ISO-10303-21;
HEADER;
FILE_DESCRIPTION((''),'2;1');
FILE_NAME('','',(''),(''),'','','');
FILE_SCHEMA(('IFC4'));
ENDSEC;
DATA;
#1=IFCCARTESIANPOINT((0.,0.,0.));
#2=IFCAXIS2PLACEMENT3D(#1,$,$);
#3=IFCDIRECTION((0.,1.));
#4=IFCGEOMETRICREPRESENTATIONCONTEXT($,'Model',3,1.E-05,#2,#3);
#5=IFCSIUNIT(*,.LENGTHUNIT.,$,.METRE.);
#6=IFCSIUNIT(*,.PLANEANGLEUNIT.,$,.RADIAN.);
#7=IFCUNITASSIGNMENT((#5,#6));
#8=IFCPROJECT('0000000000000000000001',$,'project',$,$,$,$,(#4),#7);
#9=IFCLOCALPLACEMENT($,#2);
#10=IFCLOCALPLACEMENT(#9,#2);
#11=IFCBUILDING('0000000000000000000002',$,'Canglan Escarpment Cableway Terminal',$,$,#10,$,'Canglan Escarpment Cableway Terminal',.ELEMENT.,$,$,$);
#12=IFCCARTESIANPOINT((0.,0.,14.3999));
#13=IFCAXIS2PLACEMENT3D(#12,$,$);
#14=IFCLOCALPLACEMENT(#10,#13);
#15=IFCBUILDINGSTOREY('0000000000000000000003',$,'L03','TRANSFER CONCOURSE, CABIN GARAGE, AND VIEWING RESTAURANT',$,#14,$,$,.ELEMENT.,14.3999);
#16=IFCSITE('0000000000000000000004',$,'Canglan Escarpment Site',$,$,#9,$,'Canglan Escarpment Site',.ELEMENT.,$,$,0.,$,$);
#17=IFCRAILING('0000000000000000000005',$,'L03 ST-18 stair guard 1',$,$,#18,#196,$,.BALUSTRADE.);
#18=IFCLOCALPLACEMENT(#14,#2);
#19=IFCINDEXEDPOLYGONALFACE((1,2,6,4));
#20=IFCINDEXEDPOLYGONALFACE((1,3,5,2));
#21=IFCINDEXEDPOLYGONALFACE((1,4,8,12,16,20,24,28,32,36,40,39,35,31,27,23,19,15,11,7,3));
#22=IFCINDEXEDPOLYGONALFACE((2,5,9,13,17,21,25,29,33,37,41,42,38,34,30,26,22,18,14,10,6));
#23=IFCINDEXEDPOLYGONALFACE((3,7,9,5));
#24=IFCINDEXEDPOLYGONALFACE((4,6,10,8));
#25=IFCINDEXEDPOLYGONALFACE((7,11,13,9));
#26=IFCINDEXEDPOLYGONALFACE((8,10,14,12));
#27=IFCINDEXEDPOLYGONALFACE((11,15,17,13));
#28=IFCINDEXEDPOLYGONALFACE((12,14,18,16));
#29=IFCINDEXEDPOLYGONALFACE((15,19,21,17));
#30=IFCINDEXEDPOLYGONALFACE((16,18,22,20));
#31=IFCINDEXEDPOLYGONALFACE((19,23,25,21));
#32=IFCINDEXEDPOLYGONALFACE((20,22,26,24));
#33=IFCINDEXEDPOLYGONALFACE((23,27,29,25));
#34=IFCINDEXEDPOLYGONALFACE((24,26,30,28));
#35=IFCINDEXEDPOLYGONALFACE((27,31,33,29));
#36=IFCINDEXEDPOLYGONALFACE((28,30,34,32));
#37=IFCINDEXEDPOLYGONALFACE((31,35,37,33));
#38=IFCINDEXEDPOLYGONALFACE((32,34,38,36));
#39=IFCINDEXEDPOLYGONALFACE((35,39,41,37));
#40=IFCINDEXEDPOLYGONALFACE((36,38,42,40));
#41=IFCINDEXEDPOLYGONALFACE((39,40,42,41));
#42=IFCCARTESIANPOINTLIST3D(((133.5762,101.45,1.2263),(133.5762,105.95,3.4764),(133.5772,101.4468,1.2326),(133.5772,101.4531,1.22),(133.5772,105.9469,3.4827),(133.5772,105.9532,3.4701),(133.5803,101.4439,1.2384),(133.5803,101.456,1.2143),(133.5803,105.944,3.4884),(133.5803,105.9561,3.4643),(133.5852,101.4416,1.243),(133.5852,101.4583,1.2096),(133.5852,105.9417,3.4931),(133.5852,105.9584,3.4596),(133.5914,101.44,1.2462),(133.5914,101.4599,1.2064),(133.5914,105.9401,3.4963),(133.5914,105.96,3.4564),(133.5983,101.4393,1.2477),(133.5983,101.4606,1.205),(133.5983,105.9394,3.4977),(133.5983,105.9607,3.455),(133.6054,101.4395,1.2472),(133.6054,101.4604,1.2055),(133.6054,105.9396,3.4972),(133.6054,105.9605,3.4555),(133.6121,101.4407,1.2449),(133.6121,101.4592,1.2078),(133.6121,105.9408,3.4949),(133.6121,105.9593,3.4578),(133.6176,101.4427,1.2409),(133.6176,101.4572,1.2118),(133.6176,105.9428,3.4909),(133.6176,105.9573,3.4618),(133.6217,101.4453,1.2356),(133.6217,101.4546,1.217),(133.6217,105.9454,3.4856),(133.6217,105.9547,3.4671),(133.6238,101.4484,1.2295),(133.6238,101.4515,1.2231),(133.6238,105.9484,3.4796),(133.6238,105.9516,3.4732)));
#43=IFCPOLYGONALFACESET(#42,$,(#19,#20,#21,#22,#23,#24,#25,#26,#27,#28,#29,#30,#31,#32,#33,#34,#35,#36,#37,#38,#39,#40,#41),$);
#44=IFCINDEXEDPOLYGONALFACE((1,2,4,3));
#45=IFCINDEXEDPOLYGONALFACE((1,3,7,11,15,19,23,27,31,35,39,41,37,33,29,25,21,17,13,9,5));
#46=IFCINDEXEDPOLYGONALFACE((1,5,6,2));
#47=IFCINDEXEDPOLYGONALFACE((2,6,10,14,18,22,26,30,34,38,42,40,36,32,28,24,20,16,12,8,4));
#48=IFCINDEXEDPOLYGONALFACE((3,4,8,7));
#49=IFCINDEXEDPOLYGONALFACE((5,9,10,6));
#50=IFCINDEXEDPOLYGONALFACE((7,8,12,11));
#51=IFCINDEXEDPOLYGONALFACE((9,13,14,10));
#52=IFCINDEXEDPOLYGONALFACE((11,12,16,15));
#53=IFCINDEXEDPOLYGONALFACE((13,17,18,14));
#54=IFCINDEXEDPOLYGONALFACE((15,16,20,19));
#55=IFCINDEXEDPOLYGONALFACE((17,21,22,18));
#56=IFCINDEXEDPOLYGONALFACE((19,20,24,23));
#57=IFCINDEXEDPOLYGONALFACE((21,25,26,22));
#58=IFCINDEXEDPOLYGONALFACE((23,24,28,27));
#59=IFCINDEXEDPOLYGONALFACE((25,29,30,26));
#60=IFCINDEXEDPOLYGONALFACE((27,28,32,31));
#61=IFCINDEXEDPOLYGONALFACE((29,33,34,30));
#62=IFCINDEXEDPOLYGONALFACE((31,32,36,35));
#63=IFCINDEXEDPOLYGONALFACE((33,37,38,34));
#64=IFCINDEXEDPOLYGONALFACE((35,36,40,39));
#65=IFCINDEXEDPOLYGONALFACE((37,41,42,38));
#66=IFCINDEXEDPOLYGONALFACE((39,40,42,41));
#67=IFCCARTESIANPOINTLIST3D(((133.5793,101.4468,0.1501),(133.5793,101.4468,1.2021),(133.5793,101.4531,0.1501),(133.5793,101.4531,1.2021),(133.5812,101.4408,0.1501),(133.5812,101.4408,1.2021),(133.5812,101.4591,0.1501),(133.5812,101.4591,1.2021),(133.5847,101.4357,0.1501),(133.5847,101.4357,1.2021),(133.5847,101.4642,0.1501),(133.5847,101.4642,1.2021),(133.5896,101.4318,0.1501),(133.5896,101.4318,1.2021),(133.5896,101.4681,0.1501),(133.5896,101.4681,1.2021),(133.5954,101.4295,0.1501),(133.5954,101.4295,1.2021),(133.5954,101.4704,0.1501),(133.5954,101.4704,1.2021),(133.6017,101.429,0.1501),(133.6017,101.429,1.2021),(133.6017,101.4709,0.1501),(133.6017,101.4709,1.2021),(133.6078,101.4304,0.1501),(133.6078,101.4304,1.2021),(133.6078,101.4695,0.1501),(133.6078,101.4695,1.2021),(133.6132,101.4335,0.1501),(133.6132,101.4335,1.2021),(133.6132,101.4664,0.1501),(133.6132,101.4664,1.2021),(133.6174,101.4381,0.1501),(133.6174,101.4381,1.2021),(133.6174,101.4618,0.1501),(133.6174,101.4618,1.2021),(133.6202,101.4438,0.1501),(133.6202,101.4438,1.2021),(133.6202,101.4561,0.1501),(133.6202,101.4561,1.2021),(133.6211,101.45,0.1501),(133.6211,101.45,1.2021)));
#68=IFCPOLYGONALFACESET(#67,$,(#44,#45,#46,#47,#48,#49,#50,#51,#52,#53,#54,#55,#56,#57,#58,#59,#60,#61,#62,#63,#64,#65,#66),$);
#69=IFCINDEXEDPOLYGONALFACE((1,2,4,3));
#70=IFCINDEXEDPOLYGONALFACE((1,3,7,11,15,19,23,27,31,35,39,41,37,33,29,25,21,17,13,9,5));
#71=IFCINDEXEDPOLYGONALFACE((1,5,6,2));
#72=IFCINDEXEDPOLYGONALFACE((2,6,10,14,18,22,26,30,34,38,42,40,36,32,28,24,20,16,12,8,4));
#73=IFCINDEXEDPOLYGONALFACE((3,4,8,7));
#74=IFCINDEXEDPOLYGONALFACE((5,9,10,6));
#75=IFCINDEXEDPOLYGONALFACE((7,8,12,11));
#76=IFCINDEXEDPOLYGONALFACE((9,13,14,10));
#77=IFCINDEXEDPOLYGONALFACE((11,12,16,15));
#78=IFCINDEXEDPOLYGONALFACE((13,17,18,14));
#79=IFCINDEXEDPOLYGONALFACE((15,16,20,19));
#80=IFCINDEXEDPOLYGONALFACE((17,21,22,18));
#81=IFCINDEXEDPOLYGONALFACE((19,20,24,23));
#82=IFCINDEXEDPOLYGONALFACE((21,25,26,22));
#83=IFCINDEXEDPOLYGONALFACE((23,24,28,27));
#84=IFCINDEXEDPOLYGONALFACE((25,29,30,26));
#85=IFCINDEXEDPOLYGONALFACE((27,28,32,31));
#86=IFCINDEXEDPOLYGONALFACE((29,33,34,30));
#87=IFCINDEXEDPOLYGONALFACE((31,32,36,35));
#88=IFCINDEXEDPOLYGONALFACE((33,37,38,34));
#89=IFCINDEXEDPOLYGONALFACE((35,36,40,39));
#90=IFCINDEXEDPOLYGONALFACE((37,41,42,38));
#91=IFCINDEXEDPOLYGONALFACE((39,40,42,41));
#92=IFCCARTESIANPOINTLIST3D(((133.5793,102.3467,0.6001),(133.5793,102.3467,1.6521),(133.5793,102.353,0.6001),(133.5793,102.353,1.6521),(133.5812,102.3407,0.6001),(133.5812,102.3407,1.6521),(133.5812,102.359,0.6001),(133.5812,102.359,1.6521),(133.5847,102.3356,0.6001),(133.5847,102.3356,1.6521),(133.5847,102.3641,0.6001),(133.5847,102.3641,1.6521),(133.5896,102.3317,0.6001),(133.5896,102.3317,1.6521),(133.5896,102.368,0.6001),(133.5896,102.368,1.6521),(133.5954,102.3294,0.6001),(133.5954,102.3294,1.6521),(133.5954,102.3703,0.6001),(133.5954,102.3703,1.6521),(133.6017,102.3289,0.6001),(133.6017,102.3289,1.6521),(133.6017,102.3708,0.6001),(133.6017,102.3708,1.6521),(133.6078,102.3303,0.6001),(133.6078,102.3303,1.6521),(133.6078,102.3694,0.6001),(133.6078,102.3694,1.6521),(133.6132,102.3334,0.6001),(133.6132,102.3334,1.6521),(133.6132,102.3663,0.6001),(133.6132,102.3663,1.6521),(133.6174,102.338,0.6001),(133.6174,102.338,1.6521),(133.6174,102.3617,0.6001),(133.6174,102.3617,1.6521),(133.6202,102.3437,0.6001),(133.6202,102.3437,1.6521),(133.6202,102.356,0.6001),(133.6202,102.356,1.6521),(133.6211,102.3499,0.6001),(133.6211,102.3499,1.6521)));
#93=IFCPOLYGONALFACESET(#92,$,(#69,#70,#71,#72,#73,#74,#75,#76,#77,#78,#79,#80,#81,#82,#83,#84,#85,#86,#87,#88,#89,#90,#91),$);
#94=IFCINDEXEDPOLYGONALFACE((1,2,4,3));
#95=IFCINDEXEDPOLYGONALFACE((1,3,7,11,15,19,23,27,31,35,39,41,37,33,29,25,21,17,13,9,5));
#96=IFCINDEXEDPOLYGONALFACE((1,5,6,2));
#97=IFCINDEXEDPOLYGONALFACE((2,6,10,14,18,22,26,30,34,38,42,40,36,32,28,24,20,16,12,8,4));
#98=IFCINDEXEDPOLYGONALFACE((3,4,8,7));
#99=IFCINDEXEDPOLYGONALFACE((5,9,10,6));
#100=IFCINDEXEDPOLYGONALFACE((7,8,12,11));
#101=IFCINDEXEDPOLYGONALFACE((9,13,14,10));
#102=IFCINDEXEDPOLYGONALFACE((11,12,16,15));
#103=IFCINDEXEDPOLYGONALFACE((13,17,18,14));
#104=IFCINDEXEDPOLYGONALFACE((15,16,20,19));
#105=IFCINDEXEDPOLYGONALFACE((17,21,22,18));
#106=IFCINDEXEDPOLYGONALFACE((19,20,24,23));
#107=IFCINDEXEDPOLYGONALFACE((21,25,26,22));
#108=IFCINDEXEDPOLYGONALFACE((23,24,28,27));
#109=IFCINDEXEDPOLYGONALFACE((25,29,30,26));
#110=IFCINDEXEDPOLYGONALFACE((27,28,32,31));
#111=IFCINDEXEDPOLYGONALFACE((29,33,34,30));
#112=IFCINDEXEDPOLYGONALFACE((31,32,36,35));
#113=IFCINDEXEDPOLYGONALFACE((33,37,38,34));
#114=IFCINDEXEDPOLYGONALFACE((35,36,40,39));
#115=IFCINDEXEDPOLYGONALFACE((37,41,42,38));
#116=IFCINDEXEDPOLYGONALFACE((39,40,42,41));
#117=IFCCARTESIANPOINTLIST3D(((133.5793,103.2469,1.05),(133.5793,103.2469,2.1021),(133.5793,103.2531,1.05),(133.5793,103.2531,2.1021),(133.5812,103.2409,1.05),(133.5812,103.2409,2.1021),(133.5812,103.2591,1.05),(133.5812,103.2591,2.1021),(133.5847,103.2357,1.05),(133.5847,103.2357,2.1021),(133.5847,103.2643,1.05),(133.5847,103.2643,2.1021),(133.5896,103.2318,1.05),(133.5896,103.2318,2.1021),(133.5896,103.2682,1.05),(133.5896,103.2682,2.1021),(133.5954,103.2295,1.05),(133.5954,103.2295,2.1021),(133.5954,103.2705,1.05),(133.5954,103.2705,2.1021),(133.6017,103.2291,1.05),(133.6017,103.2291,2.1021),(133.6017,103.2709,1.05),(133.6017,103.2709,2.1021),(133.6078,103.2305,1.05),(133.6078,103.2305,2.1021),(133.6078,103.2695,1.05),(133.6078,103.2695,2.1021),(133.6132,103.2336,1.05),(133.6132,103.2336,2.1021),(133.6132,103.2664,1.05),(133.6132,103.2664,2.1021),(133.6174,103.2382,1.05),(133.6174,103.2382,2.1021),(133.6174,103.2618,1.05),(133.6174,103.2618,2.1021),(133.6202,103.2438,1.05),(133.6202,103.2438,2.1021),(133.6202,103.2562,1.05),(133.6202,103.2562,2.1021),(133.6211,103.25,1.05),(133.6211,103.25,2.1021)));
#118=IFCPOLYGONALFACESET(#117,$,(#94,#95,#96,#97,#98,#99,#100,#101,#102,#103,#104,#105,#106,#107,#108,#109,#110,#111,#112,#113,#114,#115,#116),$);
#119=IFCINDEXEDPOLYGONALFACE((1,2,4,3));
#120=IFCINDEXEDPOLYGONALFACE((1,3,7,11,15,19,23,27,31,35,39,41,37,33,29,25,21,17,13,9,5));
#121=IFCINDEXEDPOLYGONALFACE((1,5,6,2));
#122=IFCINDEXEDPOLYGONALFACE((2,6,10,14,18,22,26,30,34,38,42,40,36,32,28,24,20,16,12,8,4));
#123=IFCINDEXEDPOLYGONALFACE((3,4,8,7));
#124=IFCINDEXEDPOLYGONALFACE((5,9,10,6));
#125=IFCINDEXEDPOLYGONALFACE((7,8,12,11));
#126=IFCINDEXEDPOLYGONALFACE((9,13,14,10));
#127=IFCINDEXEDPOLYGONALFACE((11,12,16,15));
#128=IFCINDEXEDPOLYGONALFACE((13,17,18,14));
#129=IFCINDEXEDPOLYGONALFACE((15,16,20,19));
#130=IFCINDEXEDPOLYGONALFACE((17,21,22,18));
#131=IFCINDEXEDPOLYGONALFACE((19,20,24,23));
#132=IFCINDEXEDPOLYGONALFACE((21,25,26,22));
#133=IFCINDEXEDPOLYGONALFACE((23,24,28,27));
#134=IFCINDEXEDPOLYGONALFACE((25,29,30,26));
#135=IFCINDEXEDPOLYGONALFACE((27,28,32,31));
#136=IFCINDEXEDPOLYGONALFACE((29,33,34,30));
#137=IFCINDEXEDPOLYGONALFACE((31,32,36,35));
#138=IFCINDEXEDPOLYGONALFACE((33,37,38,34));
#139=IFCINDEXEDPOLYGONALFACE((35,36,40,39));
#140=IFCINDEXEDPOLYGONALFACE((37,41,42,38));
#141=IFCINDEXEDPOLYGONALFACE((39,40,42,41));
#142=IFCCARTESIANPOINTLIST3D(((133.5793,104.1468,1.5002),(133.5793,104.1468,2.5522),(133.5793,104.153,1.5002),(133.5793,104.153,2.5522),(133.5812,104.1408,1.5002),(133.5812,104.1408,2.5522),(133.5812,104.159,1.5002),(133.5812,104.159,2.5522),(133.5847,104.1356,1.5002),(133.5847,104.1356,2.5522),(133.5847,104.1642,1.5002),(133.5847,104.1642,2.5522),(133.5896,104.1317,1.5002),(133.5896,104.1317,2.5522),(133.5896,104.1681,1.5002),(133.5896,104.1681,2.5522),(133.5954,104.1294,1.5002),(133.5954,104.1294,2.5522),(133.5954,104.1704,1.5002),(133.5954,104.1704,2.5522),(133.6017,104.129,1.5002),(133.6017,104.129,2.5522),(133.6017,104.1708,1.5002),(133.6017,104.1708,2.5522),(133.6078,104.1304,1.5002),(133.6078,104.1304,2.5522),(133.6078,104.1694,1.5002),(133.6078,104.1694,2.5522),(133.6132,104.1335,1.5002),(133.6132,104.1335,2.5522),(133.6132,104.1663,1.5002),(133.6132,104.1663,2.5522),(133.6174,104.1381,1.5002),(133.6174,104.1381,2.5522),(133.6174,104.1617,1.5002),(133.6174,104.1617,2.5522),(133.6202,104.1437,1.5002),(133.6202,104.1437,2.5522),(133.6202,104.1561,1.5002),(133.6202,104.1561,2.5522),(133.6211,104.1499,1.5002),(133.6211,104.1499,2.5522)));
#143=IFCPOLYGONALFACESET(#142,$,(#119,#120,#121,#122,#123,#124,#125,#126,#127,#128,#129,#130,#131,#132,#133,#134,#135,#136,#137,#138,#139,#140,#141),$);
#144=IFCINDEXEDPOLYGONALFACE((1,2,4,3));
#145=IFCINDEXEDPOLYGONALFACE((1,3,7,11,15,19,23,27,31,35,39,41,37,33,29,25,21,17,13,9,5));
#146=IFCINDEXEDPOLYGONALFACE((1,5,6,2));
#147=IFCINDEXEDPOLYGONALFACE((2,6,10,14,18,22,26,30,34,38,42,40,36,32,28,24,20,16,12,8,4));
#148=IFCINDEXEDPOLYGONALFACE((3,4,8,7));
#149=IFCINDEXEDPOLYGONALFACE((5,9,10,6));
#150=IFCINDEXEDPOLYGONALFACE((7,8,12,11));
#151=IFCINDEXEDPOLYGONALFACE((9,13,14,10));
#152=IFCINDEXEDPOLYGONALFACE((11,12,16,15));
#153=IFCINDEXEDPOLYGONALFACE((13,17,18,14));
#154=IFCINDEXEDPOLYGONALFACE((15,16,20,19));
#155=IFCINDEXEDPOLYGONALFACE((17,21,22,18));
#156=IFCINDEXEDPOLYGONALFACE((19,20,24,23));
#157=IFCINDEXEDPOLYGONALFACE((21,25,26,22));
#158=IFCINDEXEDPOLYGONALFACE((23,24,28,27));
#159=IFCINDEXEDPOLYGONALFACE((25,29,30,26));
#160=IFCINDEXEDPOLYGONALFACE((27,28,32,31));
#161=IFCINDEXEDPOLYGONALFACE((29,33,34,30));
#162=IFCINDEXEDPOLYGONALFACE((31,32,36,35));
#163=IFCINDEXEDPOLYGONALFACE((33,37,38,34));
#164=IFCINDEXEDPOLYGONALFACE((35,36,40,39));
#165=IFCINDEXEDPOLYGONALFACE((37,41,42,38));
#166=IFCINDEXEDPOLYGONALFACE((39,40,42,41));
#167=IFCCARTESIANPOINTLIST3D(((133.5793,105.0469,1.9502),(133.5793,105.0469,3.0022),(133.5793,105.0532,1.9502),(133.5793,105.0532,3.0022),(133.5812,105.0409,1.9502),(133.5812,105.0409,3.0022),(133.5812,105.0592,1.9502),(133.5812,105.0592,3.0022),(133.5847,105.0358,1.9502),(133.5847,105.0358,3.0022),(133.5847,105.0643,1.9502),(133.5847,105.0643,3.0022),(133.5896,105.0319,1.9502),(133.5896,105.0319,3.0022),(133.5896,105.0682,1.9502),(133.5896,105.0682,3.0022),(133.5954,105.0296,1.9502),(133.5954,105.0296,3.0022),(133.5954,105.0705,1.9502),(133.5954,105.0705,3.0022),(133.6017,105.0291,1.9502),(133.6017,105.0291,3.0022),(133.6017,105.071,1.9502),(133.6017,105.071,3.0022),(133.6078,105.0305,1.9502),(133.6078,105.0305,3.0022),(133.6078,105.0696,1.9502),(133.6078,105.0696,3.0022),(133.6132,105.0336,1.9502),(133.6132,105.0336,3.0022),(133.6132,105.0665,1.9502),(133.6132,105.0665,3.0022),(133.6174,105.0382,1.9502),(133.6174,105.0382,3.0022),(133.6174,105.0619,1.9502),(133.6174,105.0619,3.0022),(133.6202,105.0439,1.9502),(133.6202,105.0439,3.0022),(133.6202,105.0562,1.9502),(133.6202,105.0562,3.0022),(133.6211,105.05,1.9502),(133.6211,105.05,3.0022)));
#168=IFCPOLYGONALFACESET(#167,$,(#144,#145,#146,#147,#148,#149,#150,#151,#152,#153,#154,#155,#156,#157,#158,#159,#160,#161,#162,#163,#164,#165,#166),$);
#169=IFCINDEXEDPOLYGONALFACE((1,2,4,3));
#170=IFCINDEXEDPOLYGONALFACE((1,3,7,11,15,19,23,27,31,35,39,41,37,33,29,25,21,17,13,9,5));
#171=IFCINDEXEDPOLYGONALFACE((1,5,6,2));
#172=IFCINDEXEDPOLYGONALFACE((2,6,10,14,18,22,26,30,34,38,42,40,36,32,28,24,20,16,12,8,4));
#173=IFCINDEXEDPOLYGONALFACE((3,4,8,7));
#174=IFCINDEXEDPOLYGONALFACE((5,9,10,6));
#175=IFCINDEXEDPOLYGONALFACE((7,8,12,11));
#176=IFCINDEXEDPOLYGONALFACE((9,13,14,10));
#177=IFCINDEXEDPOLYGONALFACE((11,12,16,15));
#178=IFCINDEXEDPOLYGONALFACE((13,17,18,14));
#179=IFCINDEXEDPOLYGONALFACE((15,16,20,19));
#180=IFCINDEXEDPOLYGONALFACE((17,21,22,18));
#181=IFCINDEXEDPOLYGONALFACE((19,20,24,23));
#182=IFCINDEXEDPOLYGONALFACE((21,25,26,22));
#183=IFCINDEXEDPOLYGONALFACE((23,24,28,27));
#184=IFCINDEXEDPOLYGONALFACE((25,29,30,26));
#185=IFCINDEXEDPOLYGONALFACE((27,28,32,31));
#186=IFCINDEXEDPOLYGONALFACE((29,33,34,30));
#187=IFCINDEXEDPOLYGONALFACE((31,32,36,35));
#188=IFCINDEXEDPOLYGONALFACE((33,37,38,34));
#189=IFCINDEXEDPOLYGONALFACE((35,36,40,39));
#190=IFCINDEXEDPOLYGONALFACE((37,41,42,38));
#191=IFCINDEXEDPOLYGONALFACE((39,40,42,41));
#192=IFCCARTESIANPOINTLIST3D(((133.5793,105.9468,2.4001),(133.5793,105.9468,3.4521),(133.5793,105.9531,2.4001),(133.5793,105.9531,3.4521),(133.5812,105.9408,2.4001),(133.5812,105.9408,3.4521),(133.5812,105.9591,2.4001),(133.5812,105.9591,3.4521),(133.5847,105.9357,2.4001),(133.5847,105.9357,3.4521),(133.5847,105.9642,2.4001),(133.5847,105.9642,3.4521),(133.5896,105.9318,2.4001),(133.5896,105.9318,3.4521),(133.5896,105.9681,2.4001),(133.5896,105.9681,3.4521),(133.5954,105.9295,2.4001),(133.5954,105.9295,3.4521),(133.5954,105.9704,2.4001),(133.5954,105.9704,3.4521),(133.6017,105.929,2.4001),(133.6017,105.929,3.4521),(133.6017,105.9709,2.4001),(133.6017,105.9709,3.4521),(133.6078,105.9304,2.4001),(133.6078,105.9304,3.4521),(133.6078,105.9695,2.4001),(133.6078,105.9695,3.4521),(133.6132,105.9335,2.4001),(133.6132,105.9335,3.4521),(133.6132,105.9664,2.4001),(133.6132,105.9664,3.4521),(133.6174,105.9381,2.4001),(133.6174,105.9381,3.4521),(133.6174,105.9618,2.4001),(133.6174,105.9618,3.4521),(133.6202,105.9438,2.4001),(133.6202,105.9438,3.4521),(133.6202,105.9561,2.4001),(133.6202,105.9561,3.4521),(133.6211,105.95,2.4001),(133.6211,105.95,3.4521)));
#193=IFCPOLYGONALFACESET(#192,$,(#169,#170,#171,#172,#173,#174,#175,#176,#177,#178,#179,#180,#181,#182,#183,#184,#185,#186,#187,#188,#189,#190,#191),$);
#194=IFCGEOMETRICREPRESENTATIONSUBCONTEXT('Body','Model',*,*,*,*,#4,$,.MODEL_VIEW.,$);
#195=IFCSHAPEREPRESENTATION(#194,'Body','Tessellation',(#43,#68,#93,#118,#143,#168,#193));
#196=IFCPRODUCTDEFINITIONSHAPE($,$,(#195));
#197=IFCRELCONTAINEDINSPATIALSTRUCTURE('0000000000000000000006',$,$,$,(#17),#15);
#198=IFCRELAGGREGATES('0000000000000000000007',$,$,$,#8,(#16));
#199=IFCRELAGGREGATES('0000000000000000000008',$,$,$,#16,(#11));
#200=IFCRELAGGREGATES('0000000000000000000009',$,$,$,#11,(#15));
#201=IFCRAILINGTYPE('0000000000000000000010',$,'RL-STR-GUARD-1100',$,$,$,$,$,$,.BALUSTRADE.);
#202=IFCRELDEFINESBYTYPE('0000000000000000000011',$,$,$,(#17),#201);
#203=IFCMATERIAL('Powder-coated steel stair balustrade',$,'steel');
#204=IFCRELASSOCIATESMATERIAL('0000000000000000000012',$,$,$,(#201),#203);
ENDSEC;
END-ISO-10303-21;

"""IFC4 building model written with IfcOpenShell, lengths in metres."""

from ifc_helpers import new_model, si_unit, direction, frame, origin, origin_2d, place, context, subcontext, project, spatial, circle, extrude, material, type_object, element, save


model = new_model("IFC4")

# Units and contexts
model_context = context("Model", 3, precision=1e-05, world=origin(), true_north=direction((0.0, 1.0)))
body_context = subcontext(model_context, "Body", "Model", "MODEL_VIEW")
ifc_project = project(units=[si_unit("LENGTHUNIT", "METRE"), si_unit("PLANEANGLEUNIT", "RADIAN")], contexts=[model_context])

# Site, building, storey
site_placement = place(None, origin())
site = spatial("IfcSite", under=ifc_project, at=site_placement, Name="Canglan Escarpment Site", LongName="Canglan Escarpment Site", CompositionType="ELEMENT", RefElevation=0.0)
building_placement = place(site_placement, origin())
building = spatial("IfcBuilding", under=site, at=building_placement, Name="Canglan Escarpment Cableway Terminal", LongName="Canglan Escarpment Cableway Terminal", CompositionType="ELEMENT")
storey_placement = place(building_placement, frame((0.0, 0.0, 14.3999)))
storey = spatial("IfcBuildingStorey", under=building, at=storey_placement, Name="L03", Description="TRANSFER CONCOURSE, CABIN GARAGE, AND VIEWING RESTAURANT", CompositionType="ELEMENT", Elevation=14.3999)

# Railing
ifc_material_1 = material(Name="Powder-coated steel stair balustrade", Category="steel")
railing_type = type_object("IfcRailingType", Name="RL-STR-GUARD-1100", PredefinedType="BALUSTRADE", material=ifc_material_1)
railing_1_placement = place(storey_placement, frame((133.6001, 101.45, 0.1501)))
element("IfcRailing", 1, at=railing_1_placement, inside=storey, type_object=railing_type, Name="L03 ST-18 stair guard 1", PredefinedType="BALUSTRADE", context=body_context, shape_type="SweptSolid", body=[
    extrude(circle(Radius=0.0239, at=origin_2d()), frame((0.0, 0.0, 1.0762), z_axis=(0.0, 0.894427, 0.447214), x_axis=(-1.0, 0.0, 0.0)), (0.0, 0.0, 1.0), 5.0312),
    extrude(circle(Radius=0.021, at=origin_2d()), origin(), (0.0, 0.0, 1.0), 1.052),
    extrude(circle(Radius=0.021, at=origin_2d()), frame((0.0, 0.8999, 0.45)), (0.0, 0.0, 1.0), 1.052),
    extrude(circle(Radius=0.021, at=origin_2d()), frame((0.0, 1.8, 0.8999)), (0.0, 0.0, 1.0), 1.052),
    extrude(circle(Radius=0.021, at=origin_2d()), frame((0.0, 2.7, 1.3501)), (0.0, 0.0, 1.0), 1.052),
    extrude(circle(Radius=0.021, at=origin_2d()), frame((0.0, 3.6001, 1.8)), (0.0, 0.0, 1.0), 1.052),
    extrude(circle(Radius=0.021, at=origin_2d()), frame((0.0, 4.5, 2.25)), (0.0, 0.0, 1.0), 1.052),
])

save(model, "model.ifc")
